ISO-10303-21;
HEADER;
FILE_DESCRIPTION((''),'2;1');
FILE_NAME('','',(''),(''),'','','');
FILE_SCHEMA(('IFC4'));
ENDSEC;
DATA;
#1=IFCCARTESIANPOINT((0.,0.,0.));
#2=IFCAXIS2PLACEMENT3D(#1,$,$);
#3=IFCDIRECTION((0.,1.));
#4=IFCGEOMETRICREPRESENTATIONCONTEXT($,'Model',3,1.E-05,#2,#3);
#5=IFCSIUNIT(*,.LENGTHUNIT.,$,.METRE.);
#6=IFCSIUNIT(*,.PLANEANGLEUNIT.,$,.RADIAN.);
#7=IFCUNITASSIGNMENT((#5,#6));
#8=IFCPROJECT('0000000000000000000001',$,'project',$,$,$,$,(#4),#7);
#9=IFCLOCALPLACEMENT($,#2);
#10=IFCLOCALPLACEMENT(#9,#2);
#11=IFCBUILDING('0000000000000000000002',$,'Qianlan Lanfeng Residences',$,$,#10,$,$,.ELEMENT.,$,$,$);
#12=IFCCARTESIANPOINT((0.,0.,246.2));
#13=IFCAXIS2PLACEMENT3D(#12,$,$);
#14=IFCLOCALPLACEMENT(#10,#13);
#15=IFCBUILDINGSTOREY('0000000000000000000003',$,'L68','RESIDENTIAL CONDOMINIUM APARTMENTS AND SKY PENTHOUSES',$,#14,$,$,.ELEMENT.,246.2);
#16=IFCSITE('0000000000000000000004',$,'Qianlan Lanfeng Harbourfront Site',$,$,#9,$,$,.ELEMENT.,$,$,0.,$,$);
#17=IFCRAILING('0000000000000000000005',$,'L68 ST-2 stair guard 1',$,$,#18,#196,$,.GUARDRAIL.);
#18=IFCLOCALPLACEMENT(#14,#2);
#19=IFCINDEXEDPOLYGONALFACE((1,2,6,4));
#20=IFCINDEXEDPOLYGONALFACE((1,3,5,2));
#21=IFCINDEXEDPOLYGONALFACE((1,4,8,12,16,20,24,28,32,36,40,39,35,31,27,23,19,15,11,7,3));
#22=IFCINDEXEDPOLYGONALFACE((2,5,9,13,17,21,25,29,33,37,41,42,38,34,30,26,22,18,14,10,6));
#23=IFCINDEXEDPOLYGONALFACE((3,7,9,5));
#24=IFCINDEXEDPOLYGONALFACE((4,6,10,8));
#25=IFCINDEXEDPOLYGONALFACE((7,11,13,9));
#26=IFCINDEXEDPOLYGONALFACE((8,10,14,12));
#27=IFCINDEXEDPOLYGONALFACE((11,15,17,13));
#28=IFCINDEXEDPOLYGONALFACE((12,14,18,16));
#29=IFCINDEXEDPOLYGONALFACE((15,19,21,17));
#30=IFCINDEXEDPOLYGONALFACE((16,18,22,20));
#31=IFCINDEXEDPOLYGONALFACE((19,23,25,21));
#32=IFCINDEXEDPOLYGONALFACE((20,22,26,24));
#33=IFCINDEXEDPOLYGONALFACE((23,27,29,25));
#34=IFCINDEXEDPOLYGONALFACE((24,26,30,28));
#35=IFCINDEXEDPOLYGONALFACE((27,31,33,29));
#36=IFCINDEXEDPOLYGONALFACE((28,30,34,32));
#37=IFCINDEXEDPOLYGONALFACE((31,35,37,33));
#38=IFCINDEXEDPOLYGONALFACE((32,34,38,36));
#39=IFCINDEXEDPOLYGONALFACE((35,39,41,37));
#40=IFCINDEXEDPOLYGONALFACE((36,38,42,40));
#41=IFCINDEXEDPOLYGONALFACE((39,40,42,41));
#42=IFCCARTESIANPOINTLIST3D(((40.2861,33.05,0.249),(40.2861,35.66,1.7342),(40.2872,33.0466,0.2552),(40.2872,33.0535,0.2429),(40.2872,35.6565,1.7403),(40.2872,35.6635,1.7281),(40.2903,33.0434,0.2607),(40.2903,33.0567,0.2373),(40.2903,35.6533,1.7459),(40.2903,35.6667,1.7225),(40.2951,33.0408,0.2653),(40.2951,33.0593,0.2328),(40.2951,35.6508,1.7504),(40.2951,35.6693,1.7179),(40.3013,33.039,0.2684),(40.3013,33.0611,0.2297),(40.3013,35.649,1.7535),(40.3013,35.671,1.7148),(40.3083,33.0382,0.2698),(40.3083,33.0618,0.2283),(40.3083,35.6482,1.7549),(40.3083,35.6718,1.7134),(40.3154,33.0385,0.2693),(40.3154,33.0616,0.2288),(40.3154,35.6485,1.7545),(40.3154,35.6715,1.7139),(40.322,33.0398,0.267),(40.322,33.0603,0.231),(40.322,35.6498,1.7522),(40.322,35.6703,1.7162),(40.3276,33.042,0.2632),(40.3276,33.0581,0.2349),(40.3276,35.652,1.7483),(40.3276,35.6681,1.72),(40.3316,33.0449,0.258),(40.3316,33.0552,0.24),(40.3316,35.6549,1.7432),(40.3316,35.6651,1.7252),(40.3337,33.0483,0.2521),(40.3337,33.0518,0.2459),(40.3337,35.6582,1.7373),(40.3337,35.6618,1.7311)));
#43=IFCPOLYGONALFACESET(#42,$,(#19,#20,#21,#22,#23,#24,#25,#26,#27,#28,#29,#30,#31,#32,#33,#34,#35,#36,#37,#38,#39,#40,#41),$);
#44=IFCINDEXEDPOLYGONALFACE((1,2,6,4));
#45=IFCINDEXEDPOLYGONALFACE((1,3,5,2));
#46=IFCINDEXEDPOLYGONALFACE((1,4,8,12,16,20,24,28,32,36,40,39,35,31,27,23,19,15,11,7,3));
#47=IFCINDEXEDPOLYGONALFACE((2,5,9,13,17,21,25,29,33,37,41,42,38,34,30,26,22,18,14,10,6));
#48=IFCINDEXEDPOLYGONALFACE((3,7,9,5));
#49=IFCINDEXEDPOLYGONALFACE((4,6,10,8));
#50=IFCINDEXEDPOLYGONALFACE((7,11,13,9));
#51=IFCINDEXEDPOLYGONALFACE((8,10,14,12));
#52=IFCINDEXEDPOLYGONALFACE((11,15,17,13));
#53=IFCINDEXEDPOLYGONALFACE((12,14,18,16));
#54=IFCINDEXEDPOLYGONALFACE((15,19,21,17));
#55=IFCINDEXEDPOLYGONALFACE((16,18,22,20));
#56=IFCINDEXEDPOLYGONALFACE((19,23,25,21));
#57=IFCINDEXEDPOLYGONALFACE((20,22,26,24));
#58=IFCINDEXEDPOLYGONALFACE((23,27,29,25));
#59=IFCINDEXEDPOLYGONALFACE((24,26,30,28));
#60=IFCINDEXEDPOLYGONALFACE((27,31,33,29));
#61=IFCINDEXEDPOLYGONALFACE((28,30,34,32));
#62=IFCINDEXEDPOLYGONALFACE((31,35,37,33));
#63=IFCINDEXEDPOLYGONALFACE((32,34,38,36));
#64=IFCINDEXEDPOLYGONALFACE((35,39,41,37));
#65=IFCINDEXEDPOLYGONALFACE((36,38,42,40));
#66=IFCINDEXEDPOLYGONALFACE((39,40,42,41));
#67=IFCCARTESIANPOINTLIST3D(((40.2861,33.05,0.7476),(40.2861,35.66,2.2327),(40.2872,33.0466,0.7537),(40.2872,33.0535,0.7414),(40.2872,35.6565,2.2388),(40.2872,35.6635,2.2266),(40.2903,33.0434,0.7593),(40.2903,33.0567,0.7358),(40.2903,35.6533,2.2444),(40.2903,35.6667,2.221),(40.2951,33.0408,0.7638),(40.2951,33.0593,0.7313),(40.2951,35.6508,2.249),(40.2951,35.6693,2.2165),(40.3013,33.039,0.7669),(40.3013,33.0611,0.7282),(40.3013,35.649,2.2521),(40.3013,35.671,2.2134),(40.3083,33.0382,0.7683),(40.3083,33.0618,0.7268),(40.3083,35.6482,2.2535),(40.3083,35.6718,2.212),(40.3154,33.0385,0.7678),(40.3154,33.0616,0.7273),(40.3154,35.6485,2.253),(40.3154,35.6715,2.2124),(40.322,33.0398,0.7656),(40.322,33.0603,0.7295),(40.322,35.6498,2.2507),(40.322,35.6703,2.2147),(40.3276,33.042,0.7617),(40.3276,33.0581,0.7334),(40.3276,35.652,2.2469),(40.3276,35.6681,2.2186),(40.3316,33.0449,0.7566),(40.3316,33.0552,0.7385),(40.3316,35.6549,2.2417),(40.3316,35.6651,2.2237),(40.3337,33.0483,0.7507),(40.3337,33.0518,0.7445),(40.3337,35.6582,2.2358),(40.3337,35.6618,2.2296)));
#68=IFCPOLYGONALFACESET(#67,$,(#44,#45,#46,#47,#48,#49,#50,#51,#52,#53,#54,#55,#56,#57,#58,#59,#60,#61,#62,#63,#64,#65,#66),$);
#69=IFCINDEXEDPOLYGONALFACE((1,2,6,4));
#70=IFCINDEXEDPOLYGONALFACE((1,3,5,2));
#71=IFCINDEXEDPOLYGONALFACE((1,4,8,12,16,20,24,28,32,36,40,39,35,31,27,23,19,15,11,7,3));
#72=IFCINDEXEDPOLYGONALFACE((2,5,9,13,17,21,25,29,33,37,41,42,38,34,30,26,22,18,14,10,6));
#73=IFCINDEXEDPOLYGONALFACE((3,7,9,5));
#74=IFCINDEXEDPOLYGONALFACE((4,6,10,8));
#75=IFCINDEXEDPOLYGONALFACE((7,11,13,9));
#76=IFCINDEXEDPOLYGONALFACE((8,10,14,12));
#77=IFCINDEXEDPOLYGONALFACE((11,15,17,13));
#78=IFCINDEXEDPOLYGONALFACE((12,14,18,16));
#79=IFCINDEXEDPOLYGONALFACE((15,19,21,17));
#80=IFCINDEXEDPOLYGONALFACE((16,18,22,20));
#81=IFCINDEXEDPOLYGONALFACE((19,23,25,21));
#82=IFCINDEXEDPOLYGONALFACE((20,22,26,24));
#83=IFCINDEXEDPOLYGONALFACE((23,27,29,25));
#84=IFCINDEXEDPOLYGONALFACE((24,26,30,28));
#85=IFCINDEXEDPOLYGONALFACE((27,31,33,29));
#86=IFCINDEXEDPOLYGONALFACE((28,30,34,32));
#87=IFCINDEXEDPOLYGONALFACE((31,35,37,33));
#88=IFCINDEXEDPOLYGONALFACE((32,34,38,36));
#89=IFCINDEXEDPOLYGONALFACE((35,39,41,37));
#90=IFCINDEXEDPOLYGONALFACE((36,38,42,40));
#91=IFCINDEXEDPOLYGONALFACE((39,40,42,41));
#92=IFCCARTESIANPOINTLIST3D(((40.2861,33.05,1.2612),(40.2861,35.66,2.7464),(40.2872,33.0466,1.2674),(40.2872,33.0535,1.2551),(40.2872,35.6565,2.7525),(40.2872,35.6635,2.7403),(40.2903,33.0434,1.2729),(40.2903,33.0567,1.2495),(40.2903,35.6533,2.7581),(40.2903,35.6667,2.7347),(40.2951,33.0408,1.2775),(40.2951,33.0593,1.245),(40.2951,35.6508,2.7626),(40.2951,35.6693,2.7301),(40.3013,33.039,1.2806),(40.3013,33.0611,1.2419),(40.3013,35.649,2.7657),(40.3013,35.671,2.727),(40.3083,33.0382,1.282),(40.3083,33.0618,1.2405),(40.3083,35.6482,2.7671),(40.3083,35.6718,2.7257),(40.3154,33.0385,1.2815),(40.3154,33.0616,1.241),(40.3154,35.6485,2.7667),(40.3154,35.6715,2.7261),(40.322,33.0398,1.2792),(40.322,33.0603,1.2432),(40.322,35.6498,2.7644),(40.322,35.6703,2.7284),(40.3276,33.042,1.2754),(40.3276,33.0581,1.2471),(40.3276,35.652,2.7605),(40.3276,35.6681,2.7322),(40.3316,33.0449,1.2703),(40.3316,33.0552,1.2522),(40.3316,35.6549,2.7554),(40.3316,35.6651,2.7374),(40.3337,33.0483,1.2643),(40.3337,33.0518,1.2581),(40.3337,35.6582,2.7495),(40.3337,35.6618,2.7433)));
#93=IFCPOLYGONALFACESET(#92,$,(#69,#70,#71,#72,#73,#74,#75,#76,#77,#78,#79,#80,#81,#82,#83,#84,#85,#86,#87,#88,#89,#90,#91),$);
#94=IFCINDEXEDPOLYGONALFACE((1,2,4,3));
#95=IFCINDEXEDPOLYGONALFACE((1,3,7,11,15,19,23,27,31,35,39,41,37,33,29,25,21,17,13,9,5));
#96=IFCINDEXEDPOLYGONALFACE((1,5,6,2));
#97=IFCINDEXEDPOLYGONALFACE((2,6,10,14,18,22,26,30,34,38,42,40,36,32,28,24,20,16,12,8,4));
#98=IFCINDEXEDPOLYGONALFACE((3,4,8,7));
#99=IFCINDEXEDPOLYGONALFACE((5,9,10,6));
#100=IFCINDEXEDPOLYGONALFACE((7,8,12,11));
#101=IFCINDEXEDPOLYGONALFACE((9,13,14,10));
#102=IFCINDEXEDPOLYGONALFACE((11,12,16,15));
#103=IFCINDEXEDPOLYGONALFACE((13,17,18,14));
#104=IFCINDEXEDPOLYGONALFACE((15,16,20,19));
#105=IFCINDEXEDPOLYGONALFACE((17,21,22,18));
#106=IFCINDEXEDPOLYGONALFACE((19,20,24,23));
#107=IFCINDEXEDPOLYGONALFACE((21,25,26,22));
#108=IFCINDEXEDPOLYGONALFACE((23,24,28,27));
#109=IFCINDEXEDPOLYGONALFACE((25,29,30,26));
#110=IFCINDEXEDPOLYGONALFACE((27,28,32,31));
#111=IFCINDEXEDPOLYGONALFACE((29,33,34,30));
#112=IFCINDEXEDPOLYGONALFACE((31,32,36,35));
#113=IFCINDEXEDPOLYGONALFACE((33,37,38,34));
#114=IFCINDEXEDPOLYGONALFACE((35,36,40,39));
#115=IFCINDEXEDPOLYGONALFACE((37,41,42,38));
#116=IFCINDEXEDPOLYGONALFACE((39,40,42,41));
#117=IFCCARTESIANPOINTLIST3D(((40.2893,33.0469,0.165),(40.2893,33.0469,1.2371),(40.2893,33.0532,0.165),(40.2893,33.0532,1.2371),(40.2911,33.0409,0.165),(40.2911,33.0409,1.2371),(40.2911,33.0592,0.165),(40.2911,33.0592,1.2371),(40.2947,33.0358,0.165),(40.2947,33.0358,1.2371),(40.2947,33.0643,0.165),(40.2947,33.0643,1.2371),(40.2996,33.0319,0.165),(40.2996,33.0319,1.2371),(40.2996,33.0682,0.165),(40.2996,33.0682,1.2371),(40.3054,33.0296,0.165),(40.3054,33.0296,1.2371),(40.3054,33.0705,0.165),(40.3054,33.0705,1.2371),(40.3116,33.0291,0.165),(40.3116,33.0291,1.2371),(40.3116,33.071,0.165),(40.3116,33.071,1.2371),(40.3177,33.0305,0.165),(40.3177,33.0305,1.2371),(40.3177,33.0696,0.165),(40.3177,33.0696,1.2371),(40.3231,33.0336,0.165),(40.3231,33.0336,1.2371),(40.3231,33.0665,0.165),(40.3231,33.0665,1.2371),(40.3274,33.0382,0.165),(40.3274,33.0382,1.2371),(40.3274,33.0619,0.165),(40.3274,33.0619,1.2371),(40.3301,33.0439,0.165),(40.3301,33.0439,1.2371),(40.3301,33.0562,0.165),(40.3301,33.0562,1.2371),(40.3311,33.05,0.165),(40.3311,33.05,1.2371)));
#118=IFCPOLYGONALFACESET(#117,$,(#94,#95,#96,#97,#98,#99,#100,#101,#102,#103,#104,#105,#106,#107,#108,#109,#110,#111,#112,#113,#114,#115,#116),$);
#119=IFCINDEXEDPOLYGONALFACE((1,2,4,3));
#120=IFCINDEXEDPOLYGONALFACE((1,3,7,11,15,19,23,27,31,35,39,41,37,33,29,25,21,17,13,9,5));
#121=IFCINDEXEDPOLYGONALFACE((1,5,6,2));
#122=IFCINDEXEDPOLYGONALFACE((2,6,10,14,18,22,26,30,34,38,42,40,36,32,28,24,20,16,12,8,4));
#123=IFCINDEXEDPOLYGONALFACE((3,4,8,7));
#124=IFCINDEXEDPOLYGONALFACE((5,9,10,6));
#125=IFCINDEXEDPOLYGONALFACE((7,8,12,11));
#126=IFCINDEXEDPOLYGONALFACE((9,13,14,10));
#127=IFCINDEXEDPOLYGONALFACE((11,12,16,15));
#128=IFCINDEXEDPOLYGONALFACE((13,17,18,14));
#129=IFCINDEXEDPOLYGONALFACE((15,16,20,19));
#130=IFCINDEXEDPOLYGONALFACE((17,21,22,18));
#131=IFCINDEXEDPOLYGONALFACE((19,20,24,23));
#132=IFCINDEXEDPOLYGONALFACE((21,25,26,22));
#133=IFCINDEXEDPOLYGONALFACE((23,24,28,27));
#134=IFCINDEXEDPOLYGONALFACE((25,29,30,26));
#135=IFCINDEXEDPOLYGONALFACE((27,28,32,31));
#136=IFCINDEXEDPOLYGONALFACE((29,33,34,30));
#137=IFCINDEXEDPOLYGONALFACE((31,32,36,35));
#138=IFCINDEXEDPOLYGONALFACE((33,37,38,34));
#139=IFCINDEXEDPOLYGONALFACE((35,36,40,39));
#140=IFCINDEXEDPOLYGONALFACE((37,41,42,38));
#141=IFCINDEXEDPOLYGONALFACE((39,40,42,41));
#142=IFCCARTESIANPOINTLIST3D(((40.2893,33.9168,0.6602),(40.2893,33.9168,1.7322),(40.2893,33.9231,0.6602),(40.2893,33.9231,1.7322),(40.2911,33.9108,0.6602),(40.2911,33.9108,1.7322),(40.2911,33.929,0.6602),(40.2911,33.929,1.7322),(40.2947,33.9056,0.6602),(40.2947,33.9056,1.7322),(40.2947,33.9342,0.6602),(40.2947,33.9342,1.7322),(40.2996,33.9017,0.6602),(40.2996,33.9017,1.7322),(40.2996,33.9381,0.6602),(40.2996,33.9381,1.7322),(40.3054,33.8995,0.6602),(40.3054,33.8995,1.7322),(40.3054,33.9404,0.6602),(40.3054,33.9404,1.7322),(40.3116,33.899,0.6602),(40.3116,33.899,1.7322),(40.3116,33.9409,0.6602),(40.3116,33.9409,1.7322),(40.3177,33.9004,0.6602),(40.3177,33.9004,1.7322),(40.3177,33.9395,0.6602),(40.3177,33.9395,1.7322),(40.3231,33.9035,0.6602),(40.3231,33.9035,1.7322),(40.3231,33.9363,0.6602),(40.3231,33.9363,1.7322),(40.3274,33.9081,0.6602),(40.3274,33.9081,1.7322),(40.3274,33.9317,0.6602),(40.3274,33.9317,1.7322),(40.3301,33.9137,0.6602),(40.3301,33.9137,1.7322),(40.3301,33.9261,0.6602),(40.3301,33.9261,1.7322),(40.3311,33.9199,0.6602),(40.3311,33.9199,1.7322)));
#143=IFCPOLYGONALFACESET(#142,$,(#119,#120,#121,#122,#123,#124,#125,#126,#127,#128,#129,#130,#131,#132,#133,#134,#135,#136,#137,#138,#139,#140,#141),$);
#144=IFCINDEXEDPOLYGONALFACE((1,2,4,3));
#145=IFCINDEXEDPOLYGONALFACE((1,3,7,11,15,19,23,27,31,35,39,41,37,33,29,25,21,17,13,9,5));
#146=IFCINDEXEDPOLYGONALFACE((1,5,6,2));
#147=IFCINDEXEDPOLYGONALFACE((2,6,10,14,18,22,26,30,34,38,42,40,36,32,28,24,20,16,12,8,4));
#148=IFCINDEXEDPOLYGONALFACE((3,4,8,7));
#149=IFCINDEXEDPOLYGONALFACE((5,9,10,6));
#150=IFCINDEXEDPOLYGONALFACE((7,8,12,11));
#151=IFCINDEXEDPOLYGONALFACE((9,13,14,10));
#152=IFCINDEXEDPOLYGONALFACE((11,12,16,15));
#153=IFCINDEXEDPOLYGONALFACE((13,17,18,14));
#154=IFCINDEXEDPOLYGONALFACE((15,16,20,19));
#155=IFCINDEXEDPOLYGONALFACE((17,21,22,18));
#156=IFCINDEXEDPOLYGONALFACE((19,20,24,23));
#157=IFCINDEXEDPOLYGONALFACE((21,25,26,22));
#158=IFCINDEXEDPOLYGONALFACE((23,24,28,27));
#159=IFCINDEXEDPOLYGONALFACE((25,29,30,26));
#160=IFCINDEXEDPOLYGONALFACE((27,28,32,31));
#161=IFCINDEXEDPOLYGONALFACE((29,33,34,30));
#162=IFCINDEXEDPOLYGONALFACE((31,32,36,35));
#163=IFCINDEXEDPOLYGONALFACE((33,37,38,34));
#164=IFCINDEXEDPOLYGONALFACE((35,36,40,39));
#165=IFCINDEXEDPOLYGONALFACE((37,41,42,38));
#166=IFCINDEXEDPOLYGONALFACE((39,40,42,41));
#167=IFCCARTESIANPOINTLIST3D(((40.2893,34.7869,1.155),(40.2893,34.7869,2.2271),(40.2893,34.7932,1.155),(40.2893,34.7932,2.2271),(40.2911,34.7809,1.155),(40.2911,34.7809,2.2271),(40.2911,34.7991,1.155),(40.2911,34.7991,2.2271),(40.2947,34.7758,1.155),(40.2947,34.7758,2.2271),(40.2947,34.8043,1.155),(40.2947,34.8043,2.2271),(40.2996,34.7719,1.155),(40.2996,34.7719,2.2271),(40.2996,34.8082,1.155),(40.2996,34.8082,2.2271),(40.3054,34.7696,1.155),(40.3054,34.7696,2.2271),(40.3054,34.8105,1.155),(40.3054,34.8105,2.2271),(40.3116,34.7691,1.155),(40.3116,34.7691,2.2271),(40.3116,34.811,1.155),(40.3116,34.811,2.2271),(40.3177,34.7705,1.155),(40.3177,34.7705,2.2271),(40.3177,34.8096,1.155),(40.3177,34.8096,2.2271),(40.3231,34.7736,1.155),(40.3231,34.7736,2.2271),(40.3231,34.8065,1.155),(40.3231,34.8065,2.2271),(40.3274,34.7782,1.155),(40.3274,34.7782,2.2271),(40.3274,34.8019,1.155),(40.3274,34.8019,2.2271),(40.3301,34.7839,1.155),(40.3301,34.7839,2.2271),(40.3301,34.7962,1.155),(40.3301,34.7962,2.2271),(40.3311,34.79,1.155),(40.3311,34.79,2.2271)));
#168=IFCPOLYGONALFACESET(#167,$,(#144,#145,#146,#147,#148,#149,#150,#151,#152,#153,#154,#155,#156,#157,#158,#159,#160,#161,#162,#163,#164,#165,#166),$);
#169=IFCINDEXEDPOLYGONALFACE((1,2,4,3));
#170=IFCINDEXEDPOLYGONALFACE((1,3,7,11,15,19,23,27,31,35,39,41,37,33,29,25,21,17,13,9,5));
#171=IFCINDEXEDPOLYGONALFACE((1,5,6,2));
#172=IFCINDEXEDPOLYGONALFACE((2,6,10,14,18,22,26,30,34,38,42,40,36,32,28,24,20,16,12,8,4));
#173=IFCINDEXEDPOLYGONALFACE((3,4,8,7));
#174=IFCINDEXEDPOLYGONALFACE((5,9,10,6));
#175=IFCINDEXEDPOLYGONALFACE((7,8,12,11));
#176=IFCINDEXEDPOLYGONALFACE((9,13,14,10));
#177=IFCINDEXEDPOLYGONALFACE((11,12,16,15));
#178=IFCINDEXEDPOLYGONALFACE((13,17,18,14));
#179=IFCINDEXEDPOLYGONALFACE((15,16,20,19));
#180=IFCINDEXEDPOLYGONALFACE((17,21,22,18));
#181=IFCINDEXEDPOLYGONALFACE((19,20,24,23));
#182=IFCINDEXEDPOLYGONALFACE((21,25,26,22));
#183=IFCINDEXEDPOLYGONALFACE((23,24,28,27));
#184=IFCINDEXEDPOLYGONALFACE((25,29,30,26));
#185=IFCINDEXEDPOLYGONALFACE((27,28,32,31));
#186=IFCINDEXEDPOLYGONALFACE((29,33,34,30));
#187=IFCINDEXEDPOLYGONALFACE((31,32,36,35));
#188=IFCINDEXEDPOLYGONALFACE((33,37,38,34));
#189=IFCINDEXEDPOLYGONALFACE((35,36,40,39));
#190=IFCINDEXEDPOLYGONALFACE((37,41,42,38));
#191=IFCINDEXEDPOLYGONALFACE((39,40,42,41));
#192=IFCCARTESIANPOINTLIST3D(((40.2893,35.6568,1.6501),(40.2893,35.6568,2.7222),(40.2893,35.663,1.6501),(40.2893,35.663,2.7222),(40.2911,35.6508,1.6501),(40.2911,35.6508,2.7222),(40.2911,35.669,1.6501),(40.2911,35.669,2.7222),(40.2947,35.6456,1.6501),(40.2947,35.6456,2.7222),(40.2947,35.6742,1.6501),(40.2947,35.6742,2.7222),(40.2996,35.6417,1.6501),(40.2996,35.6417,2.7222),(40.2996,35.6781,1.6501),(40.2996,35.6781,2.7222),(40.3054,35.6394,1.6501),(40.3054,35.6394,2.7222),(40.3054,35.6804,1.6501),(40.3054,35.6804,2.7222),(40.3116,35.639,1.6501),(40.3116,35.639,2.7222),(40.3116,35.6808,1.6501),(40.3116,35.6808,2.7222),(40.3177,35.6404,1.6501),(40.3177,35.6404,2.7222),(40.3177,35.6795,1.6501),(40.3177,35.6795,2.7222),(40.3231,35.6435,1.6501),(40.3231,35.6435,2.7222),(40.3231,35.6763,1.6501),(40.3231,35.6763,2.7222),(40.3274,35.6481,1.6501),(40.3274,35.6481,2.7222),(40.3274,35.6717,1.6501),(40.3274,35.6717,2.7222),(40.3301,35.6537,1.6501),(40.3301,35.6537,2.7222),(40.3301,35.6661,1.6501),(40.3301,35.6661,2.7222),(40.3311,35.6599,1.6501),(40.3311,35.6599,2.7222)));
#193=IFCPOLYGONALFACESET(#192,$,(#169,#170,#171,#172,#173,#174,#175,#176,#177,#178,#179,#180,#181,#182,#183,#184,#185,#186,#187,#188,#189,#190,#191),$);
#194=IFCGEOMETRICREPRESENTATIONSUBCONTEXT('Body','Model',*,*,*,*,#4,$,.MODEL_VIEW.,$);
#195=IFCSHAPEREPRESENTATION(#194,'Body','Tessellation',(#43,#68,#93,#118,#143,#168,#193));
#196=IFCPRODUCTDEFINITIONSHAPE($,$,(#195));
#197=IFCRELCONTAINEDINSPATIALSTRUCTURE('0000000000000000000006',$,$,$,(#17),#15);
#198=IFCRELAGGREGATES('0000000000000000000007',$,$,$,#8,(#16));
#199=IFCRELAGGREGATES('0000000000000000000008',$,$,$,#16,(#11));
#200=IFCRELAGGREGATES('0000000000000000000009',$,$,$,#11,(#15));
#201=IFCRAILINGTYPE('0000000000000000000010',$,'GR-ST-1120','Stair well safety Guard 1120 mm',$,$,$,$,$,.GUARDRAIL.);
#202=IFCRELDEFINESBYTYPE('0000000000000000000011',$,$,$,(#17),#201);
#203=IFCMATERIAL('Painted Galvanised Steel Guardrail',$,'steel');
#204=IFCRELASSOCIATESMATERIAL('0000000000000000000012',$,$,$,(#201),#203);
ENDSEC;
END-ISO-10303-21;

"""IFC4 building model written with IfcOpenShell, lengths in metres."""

from ifc_helpers import new_model, si_unit, direction, frame, origin, origin_2d, place, context, subcontext, project, spatial, circle, extrude, material, type_object, element, save


model = new_model("IFC4")

# Units and contexts
model_context = context("Model", 3, precision=1e-05, world=origin(), true_north=direction((0.0, 1.0)))
body_context = subcontext(model_context, "Body", "Model", "MODEL_VIEW")
ifc_project = project(units=[si_unit("LENGTHUNIT", "METRE"), si_unit("PLANEANGLEUNIT", "RADIAN")], contexts=[model_context])

# Site, building, storey
site_placement = place(None, origin())
site = spatial("IfcSite", under=ifc_project, at=site_placement, Name="Qianlan Lanfeng Harbourfront Site", CompositionType="ELEMENT", RefElevation=0.0)
building_placement = place(site_placement, origin())
building = spatial("IfcBuilding", under=site, at=building_placement, Name="Qianlan Lanfeng Residences", CompositionType="ELEMENT")
storey_placement = place(building_placement, frame((0.0, 0.0, 246.2)))
storey = spatial("IfcBuildingStorey", under=building, at=storey_placement, Name="L68", Description="RESIDENTIAL CONDOMINIUM APARTMENTS AND SKY PENTHOUSES", CompositionType="ELEMENT", Elevation=246.2)

# Railing
ifc_material_1 = material(Name="Painted Galvanised Steel Guardrail", Category="steel")
railing_type_1 = type_object("IfcRailingType", Name="GR-ST-1120", Description="Stair well safety Guard 1120 mm", PredefinedType="GUARDRAIL", material=ifc_material_1)
railing_1_placement = place(storey_placement, frame((40.3101, 33.05, 0.165)))
element("IfcRailing", 1, at=railing_1_placement, inside=storey, type_object=railing_type_1, Name="L68 ST-2 stair guard 1", PredefinedType="GUARDRAIL", context=body_context, shape_type="SweptSolid", body=[
    extrude(circle(Radius=0.0239, at=origin_2d()), frame((0.0, 0.0, 0.084), z_axis=(0.0, 0.869137, 0.494571), x_axis=(-1.0, 0.0, 0.0)), (0.0, 0.0, 1.0), 3.0029),
    extrude(circle(Radius=0.0239, at=origin_2d()), frame((0.0, 0.0, 0.5825), z_axis=(0.0, 0.869137, 0.494571), x_axis=(-1.0, 0.0, 0.0)), (0.0, 0.0, 1.0), 3.0029),
    extrude(circle(Radius=0.0239, at=origin_2d()), frame((0.0, 0.0, 1.0962), z_axis=(0.0, 0.869137, 0.494571), x_axis=(-1.0, 0.0, 0.0)), (0.0, 0.0, 1.0), 3.0029),
    extrude(circle(Radius=0.021, at=origin_2d()), origin(), (0.0, 0.0, 1.0), 1.072),
    extrude(circle(Radius=0.021, at=origin_2d()), frame((0.0, 0.8699, 0.4951)), (0.0, 0.0, 1.0), 1.072),
    extrude(circle(Radius=0.021, at=origin_2d()), frame((0.0, 1.74, 0.99)), (0.0, 0.0, 1.0), 1.072),
    extrude(circle(Radius=0.021, at=origin_2d()), frame((0.0, 2.6099, 1.4851)), (0.0, 0.0, 1.0), 1.072),
])

save(model, "model.ifc")
